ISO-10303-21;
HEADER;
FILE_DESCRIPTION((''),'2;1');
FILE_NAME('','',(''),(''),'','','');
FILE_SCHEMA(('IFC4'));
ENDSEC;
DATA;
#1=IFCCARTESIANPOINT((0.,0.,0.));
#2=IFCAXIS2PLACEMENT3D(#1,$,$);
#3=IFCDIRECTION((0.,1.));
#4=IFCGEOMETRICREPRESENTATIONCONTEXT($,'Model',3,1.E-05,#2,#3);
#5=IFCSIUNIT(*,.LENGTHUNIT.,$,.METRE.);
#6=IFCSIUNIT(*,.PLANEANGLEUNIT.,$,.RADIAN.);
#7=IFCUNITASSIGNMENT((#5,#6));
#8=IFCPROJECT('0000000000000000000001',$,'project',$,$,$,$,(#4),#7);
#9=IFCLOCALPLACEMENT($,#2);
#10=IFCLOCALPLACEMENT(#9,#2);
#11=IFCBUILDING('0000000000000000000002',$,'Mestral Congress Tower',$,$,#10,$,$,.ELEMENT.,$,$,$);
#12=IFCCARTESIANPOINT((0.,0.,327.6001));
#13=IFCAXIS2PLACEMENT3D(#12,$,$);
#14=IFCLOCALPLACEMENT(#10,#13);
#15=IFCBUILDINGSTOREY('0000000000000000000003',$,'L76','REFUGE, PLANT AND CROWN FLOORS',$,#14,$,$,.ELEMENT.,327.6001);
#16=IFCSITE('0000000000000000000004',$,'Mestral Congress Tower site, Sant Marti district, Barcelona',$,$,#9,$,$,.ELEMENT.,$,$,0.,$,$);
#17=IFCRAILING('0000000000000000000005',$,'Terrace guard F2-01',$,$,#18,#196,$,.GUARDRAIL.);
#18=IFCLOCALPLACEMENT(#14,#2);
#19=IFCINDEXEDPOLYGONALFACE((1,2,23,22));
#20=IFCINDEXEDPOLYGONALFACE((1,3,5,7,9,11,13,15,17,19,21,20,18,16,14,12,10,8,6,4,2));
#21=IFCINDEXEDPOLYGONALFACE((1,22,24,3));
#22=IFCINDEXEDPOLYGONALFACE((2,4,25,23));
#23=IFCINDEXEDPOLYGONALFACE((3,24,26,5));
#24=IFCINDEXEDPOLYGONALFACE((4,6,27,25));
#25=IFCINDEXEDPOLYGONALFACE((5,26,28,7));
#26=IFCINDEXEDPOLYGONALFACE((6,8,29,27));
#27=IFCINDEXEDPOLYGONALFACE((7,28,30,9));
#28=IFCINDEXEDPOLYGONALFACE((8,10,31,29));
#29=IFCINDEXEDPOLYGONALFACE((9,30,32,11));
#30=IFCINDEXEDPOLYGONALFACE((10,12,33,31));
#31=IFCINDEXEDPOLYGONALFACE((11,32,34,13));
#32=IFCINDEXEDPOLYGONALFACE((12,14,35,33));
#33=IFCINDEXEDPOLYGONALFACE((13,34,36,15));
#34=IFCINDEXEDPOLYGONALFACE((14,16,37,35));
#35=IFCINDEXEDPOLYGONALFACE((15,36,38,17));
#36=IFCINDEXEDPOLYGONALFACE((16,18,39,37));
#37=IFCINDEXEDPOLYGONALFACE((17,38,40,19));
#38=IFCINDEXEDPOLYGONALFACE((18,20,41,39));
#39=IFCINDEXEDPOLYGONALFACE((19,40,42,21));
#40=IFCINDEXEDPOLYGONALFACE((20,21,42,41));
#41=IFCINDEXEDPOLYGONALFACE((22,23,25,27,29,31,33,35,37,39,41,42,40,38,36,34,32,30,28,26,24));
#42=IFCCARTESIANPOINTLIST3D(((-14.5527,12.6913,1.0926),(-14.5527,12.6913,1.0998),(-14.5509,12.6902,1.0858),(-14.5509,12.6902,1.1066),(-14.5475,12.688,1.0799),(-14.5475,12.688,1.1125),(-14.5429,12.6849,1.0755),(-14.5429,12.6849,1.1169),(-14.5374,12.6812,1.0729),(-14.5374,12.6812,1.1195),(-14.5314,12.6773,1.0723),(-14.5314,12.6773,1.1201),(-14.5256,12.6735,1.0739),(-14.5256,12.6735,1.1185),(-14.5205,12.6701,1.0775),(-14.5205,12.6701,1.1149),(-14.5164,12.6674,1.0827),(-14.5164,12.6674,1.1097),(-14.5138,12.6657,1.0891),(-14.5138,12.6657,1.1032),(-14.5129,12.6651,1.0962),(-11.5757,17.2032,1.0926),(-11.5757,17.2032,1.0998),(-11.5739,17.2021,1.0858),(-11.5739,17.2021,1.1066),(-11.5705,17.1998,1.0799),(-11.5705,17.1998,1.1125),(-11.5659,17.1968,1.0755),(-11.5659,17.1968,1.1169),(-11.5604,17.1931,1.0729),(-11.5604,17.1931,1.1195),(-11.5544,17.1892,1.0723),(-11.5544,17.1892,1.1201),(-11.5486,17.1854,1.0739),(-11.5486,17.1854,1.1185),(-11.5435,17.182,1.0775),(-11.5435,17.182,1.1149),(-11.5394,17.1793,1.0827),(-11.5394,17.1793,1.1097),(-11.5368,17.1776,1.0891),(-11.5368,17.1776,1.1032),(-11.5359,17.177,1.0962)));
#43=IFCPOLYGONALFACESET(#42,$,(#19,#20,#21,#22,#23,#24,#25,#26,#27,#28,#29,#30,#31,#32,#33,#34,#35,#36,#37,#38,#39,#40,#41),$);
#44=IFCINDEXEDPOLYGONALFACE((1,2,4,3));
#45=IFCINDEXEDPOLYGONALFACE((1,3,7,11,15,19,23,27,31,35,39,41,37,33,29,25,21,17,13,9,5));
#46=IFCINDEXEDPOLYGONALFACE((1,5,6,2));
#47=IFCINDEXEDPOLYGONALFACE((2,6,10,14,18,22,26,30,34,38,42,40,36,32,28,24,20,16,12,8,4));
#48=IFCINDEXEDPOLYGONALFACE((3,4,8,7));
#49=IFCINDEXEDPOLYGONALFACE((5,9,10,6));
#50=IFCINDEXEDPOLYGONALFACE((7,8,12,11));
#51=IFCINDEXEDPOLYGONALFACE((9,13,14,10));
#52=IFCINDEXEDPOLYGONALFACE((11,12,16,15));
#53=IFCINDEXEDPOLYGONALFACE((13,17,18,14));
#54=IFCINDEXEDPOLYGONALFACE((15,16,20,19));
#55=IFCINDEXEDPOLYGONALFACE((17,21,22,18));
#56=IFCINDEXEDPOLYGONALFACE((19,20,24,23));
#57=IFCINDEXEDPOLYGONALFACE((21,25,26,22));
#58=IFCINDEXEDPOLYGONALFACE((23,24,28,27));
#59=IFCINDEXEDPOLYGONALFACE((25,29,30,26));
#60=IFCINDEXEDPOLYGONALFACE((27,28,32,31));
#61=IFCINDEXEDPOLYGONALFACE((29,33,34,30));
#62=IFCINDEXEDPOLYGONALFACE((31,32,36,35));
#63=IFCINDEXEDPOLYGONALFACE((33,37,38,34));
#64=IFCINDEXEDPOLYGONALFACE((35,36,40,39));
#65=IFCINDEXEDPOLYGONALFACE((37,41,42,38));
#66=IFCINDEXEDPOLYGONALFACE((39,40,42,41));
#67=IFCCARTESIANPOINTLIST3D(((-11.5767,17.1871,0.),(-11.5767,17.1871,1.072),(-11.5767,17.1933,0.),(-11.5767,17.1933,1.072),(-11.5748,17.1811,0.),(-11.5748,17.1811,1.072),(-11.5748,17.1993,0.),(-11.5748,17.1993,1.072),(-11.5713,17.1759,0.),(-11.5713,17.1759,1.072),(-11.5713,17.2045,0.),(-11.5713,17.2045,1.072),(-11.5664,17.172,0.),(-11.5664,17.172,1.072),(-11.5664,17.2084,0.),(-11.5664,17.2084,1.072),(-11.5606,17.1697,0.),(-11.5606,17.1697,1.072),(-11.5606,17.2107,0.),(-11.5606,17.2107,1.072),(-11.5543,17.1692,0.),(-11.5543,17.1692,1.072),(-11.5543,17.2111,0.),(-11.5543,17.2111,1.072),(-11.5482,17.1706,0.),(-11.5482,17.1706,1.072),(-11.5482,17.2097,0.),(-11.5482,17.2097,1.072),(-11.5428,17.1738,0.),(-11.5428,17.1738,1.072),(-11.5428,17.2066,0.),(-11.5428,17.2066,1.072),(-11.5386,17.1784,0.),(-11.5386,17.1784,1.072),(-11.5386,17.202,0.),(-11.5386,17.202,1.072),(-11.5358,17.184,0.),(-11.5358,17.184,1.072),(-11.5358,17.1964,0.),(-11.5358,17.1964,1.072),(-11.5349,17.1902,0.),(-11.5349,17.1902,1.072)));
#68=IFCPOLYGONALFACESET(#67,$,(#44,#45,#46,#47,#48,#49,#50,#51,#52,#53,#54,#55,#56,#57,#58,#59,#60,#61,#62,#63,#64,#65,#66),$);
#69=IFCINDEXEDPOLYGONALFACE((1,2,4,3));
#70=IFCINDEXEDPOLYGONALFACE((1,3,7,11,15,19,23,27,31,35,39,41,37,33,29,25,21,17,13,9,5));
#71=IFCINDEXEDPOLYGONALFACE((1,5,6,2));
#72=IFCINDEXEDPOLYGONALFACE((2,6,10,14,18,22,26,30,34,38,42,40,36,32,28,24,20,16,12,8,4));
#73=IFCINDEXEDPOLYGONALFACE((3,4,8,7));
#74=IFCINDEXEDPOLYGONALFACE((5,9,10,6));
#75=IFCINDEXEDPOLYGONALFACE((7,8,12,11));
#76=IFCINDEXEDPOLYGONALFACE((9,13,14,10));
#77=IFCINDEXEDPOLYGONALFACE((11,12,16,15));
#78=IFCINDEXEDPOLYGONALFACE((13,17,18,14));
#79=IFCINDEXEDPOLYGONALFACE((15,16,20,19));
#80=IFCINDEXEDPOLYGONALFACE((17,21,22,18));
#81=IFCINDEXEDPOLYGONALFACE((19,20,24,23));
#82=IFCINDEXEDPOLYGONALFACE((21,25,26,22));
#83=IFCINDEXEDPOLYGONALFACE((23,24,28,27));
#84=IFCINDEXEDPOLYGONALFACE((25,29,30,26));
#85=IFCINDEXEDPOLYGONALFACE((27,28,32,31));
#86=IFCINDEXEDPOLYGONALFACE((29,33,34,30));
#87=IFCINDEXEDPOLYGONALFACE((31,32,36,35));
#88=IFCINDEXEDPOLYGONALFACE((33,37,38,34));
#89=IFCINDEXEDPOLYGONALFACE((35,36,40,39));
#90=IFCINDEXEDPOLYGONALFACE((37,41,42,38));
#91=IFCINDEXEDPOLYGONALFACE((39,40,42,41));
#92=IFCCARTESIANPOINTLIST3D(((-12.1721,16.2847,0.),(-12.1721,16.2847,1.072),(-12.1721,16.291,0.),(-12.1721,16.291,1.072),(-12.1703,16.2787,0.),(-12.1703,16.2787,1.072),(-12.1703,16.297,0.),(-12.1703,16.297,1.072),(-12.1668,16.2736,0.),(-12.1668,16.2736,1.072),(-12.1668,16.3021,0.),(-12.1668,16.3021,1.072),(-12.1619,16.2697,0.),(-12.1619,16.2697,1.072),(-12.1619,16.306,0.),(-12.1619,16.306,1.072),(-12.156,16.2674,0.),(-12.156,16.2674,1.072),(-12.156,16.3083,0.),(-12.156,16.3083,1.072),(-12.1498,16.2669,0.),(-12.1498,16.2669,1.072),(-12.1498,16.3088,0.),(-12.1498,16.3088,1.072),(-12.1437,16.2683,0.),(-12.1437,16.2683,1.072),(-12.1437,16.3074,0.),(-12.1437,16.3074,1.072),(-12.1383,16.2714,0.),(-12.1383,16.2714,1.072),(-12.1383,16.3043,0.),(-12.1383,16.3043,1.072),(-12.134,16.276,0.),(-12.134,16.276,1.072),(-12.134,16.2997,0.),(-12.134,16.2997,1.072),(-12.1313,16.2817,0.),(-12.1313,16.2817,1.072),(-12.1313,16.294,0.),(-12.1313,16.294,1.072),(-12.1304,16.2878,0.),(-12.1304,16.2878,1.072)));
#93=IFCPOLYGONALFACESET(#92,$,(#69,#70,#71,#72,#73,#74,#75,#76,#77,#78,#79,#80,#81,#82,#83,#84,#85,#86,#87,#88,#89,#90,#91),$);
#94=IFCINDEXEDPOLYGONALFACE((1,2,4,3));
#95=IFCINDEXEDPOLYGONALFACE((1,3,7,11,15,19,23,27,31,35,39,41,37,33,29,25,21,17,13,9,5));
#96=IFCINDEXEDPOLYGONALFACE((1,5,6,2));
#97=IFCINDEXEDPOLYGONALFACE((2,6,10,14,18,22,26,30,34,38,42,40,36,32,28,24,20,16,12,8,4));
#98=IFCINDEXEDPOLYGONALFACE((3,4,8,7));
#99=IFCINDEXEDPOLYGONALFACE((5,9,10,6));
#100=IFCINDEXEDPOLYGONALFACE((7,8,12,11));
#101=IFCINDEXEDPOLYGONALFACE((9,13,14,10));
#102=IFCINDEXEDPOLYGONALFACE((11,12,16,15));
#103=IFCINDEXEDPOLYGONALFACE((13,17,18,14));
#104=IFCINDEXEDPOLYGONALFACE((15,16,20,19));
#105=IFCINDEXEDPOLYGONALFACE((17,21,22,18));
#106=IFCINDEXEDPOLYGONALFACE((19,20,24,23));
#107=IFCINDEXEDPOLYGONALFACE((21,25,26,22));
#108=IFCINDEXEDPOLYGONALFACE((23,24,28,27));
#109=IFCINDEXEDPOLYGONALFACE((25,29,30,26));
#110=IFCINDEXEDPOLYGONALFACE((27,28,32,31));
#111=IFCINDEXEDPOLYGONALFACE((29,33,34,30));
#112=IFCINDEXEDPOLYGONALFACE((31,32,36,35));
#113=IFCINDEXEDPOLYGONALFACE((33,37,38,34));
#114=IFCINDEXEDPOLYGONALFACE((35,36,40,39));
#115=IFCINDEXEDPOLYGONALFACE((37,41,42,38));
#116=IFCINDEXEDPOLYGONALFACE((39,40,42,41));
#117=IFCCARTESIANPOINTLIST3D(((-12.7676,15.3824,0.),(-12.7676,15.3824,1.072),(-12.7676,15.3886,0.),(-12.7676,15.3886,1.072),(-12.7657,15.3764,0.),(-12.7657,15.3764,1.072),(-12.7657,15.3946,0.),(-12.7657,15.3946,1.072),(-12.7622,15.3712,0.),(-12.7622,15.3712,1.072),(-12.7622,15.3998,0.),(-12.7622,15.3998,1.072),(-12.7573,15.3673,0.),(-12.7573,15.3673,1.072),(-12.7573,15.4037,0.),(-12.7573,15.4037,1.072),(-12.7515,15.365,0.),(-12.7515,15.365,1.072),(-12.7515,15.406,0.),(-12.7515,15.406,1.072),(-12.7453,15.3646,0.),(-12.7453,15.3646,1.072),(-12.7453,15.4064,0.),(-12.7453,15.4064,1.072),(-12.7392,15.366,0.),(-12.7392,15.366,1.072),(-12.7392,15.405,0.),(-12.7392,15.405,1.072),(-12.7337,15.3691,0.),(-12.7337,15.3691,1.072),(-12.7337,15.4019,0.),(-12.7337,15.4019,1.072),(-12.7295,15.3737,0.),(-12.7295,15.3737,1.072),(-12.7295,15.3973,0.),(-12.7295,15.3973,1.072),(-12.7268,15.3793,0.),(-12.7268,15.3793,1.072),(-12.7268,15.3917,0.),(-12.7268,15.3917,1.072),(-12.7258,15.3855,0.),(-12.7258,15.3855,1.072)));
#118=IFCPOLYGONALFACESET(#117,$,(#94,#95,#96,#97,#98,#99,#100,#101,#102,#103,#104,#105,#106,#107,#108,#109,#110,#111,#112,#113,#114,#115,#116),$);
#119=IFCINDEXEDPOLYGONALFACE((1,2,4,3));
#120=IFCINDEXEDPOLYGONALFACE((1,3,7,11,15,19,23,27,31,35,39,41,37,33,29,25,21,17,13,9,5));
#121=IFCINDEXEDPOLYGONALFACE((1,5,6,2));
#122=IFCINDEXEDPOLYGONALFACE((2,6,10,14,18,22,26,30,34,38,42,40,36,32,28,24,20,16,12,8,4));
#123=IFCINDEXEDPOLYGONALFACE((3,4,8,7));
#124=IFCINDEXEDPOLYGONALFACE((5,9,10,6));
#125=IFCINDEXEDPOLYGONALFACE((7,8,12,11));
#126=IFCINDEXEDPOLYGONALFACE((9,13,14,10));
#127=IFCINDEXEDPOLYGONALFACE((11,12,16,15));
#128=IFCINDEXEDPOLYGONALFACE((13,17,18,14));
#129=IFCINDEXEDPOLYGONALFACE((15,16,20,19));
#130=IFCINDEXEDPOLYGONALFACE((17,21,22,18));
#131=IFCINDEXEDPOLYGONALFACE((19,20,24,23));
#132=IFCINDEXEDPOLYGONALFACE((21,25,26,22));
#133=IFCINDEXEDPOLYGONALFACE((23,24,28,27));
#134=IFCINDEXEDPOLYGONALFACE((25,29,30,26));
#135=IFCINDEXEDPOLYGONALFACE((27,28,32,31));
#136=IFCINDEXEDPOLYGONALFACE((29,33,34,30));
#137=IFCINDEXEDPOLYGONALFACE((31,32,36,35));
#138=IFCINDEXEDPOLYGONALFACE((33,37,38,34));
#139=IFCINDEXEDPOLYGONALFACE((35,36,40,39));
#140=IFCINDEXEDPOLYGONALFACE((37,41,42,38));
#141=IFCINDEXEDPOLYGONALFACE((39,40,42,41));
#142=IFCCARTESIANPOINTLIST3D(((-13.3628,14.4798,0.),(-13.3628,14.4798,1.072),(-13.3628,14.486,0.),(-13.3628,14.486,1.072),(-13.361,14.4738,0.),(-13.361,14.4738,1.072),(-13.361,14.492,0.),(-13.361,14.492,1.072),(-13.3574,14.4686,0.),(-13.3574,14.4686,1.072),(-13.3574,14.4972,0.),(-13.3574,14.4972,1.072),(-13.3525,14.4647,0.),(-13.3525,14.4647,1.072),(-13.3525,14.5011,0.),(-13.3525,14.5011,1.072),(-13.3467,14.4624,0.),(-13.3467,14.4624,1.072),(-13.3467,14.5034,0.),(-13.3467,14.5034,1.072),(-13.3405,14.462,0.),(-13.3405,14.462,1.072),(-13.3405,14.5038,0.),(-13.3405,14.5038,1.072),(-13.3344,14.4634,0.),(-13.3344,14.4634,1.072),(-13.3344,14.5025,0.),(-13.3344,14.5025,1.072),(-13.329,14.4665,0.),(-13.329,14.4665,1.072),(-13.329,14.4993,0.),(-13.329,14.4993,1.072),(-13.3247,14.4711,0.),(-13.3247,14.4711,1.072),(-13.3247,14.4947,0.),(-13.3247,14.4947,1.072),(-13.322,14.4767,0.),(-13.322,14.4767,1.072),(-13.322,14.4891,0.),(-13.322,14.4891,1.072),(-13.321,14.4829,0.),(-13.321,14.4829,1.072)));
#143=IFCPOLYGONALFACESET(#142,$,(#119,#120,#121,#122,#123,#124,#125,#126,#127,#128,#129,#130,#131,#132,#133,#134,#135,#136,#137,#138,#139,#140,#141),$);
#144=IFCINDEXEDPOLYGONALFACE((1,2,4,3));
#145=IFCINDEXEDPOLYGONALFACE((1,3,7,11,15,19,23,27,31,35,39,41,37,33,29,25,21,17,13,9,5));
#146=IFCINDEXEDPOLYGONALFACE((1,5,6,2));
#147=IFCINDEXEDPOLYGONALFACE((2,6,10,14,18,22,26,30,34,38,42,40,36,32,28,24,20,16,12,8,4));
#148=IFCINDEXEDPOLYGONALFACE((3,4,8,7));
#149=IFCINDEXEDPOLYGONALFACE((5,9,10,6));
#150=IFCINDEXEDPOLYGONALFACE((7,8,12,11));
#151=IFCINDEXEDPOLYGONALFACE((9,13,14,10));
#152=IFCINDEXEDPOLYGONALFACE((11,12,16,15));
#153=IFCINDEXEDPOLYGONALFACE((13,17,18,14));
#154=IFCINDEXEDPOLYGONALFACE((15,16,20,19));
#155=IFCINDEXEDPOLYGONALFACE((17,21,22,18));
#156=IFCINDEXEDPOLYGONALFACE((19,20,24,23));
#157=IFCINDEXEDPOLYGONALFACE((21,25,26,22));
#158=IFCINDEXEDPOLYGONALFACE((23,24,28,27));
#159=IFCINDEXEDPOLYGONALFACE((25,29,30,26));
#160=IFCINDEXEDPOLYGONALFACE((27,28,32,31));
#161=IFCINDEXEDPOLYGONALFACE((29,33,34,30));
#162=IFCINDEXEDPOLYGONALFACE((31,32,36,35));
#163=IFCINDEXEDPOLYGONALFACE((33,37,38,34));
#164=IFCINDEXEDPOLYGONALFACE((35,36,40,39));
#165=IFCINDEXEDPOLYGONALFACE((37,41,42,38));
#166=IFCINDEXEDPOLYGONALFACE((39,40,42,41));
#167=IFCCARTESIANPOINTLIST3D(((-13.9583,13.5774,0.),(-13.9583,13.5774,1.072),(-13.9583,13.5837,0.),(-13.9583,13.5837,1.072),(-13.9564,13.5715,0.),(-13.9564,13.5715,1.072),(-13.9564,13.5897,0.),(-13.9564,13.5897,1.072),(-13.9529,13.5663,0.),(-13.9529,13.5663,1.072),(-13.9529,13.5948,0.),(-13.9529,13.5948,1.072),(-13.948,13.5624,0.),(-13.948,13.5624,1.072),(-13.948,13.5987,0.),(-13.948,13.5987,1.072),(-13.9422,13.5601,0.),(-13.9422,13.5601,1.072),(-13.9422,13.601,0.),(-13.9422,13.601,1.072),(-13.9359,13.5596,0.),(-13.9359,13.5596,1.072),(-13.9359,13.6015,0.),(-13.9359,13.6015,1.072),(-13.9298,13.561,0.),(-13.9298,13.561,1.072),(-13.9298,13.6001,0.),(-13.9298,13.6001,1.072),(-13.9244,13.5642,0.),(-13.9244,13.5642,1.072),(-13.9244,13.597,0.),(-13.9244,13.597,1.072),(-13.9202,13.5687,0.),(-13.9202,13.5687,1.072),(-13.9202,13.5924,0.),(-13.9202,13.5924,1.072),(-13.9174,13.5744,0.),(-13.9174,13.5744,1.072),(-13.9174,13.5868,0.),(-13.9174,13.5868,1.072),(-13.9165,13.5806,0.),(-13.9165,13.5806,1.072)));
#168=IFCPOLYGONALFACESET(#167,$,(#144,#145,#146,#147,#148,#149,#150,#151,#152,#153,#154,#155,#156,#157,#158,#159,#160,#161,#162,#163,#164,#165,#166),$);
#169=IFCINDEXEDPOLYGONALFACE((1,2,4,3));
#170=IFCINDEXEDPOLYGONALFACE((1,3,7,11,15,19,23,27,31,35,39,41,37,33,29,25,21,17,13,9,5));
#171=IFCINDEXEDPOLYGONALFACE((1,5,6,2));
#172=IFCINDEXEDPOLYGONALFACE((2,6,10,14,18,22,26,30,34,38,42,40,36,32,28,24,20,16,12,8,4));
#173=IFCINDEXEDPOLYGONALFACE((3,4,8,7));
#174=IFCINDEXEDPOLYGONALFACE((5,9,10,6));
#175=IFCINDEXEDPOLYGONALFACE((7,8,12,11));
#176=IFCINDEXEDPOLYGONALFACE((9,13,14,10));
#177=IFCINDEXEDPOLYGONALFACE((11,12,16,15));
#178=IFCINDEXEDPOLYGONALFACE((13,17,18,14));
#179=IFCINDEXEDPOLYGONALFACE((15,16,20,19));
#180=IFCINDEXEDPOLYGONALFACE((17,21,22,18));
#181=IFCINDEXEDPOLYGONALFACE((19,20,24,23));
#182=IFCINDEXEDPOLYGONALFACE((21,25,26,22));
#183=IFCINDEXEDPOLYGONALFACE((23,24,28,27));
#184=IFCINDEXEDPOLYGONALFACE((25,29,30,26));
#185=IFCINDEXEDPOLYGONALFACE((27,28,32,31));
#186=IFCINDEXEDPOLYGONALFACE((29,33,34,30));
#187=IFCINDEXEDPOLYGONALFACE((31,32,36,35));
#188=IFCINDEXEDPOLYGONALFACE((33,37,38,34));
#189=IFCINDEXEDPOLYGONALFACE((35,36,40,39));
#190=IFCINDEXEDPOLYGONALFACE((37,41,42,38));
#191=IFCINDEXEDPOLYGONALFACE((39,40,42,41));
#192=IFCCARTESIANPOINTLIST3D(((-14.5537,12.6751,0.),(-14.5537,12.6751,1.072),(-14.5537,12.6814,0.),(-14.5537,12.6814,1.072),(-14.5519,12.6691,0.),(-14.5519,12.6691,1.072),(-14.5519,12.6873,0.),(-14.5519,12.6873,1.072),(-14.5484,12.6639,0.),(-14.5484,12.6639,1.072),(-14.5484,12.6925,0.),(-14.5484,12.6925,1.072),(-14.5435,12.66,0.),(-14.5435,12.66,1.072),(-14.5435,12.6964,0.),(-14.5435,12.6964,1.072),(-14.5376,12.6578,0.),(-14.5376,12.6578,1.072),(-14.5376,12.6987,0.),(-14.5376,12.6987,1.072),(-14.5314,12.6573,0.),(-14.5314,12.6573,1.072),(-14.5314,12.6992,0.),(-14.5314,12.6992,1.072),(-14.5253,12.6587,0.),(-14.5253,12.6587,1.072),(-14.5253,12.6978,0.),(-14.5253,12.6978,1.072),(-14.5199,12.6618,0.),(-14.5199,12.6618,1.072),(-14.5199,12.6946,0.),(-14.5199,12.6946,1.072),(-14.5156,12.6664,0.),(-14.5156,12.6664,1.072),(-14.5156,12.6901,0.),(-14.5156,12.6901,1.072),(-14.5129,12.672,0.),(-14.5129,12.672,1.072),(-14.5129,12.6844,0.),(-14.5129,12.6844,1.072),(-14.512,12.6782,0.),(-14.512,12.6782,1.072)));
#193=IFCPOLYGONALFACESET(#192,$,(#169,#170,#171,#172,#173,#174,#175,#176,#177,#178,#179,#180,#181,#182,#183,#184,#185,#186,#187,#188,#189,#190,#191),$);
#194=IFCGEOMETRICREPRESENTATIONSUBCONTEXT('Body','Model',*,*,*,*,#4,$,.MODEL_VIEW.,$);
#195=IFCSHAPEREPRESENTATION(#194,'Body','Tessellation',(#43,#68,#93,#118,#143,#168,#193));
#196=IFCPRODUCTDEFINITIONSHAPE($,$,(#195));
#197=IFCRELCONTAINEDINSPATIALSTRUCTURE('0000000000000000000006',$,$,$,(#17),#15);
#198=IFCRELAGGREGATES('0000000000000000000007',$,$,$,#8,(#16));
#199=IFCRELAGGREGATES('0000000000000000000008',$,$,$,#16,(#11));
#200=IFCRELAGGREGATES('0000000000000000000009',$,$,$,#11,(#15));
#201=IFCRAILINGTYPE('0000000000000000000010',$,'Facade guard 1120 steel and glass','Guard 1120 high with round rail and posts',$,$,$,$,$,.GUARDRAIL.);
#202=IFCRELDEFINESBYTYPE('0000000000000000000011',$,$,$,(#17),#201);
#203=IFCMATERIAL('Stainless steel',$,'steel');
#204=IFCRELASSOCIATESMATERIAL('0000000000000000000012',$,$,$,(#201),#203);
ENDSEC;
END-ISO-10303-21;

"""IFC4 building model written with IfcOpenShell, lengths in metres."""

from ifc_helpers import new_model, si_unit, direction, frame, origin, origin_2d, place, context, subcontext, project, spatial, circle, extrude, material, type_object, element, save


model = new_model("IFC4")

# Units and contexts
model_context = context("Model", 3, precision=1e-05, world=origin(), true_north=direction((0.0, 1.0)))
body_context = subcontext(model_context, "Body", "Model", "MODEL_VIEW")
ifc_project = project(units=[si_unit("LENGTHUNIT", "METRE"), si_unit("PLANEANGLEUNIT", "RADIAN")], contexts=[model_context])

# Site, building, storey
site_placement = place(None, origin())
site = spatial("IfcSite", under=ifc_project, at=site_placement, Name="Mestral Congress Tower site, Sant Marti district, Barcelona", CompositionType="ELEMENT", RefElevation=0.0)
building_placement = place(site_placement, origin())
building = spatial("IfcBuilding", under=site, at=building_placement, Name="Mestral Congress Tower", CompositionType="ELEMENT")
storey_placement = place(building_placement, frame((0.0, 0.0, 327.6001)))
storey = spatial("IfcBuildingStorey", under=building, at=storey_placement, Name="L76", Description="REFUGE, PLANT AND CROWN FLOORS", CompositionType="ELEMENT", Elevation=327.6001)

# Railing
ifc_material_1 = material(Name="Stainless steel", Category="steel")
railing_type = type_object("IfcRailingType", Name="Facade guard 1120 steel and glass", Description="Guard 1120 high with round rail and posts", PredefinedType="GUARDRAIL", material=ifc_material_1)
railing_1_placement = place(storey_placement, frame((-11.5559, 17.1902, 0.0)))
element("IfcRailing", 1, at=railing_1_placement, inside=storey, type_object=railing_type, Name="Terrace guard F2-01", PredefinedType="GUARDRAIL", context=body_context, shape_type="SweptSolid", body=[
    extrude(circle(Radius=0.0239, at=origin_2d()), frame((0.0, 0.0, 1.0962), z_axis=(-0.550733, -0.834681, 0.0), x_axis=(0.834681, -0.550733, 0.0)), (0.0, 0.0, 1.0), 5.4055),
    extrude(circle(Radius=0.021, at=origin_2d()), origin(), (0.0, 0.0, 1.0), 1.072),
    extrude(circle(Radius=0.021, at=origin_2d()), frame((-0.5955, -0.9023, 0.0)), (0.0, 0.0, 1.0), 1.072),
    extrude(circle(Radius=0.021, at=origin_2d()), frame((-1.1909, -1.8047, 0.0)), (0.0, 0.0, 1.0), 1.072),
    extrude(circle(Radius=0.021, at=origin_2d()), frame((-1.7861, -2.7073, 0.0)), (0.0, 0.0, 1.0), 1.072),
    extrude(circle(Radius=0.021, at=origin_2d()), frame((-2.3816, -3.6096, 0.0)), (0.0, 0.0, 1.0), 1.072),
    extrude(circle(Radius=0.021, at=origin_2d()), frame((-2.9771, -4.512, 0.0)), (0.0, 0.0, 1.0), 1.072),
])

save(model, "model.ifc")
